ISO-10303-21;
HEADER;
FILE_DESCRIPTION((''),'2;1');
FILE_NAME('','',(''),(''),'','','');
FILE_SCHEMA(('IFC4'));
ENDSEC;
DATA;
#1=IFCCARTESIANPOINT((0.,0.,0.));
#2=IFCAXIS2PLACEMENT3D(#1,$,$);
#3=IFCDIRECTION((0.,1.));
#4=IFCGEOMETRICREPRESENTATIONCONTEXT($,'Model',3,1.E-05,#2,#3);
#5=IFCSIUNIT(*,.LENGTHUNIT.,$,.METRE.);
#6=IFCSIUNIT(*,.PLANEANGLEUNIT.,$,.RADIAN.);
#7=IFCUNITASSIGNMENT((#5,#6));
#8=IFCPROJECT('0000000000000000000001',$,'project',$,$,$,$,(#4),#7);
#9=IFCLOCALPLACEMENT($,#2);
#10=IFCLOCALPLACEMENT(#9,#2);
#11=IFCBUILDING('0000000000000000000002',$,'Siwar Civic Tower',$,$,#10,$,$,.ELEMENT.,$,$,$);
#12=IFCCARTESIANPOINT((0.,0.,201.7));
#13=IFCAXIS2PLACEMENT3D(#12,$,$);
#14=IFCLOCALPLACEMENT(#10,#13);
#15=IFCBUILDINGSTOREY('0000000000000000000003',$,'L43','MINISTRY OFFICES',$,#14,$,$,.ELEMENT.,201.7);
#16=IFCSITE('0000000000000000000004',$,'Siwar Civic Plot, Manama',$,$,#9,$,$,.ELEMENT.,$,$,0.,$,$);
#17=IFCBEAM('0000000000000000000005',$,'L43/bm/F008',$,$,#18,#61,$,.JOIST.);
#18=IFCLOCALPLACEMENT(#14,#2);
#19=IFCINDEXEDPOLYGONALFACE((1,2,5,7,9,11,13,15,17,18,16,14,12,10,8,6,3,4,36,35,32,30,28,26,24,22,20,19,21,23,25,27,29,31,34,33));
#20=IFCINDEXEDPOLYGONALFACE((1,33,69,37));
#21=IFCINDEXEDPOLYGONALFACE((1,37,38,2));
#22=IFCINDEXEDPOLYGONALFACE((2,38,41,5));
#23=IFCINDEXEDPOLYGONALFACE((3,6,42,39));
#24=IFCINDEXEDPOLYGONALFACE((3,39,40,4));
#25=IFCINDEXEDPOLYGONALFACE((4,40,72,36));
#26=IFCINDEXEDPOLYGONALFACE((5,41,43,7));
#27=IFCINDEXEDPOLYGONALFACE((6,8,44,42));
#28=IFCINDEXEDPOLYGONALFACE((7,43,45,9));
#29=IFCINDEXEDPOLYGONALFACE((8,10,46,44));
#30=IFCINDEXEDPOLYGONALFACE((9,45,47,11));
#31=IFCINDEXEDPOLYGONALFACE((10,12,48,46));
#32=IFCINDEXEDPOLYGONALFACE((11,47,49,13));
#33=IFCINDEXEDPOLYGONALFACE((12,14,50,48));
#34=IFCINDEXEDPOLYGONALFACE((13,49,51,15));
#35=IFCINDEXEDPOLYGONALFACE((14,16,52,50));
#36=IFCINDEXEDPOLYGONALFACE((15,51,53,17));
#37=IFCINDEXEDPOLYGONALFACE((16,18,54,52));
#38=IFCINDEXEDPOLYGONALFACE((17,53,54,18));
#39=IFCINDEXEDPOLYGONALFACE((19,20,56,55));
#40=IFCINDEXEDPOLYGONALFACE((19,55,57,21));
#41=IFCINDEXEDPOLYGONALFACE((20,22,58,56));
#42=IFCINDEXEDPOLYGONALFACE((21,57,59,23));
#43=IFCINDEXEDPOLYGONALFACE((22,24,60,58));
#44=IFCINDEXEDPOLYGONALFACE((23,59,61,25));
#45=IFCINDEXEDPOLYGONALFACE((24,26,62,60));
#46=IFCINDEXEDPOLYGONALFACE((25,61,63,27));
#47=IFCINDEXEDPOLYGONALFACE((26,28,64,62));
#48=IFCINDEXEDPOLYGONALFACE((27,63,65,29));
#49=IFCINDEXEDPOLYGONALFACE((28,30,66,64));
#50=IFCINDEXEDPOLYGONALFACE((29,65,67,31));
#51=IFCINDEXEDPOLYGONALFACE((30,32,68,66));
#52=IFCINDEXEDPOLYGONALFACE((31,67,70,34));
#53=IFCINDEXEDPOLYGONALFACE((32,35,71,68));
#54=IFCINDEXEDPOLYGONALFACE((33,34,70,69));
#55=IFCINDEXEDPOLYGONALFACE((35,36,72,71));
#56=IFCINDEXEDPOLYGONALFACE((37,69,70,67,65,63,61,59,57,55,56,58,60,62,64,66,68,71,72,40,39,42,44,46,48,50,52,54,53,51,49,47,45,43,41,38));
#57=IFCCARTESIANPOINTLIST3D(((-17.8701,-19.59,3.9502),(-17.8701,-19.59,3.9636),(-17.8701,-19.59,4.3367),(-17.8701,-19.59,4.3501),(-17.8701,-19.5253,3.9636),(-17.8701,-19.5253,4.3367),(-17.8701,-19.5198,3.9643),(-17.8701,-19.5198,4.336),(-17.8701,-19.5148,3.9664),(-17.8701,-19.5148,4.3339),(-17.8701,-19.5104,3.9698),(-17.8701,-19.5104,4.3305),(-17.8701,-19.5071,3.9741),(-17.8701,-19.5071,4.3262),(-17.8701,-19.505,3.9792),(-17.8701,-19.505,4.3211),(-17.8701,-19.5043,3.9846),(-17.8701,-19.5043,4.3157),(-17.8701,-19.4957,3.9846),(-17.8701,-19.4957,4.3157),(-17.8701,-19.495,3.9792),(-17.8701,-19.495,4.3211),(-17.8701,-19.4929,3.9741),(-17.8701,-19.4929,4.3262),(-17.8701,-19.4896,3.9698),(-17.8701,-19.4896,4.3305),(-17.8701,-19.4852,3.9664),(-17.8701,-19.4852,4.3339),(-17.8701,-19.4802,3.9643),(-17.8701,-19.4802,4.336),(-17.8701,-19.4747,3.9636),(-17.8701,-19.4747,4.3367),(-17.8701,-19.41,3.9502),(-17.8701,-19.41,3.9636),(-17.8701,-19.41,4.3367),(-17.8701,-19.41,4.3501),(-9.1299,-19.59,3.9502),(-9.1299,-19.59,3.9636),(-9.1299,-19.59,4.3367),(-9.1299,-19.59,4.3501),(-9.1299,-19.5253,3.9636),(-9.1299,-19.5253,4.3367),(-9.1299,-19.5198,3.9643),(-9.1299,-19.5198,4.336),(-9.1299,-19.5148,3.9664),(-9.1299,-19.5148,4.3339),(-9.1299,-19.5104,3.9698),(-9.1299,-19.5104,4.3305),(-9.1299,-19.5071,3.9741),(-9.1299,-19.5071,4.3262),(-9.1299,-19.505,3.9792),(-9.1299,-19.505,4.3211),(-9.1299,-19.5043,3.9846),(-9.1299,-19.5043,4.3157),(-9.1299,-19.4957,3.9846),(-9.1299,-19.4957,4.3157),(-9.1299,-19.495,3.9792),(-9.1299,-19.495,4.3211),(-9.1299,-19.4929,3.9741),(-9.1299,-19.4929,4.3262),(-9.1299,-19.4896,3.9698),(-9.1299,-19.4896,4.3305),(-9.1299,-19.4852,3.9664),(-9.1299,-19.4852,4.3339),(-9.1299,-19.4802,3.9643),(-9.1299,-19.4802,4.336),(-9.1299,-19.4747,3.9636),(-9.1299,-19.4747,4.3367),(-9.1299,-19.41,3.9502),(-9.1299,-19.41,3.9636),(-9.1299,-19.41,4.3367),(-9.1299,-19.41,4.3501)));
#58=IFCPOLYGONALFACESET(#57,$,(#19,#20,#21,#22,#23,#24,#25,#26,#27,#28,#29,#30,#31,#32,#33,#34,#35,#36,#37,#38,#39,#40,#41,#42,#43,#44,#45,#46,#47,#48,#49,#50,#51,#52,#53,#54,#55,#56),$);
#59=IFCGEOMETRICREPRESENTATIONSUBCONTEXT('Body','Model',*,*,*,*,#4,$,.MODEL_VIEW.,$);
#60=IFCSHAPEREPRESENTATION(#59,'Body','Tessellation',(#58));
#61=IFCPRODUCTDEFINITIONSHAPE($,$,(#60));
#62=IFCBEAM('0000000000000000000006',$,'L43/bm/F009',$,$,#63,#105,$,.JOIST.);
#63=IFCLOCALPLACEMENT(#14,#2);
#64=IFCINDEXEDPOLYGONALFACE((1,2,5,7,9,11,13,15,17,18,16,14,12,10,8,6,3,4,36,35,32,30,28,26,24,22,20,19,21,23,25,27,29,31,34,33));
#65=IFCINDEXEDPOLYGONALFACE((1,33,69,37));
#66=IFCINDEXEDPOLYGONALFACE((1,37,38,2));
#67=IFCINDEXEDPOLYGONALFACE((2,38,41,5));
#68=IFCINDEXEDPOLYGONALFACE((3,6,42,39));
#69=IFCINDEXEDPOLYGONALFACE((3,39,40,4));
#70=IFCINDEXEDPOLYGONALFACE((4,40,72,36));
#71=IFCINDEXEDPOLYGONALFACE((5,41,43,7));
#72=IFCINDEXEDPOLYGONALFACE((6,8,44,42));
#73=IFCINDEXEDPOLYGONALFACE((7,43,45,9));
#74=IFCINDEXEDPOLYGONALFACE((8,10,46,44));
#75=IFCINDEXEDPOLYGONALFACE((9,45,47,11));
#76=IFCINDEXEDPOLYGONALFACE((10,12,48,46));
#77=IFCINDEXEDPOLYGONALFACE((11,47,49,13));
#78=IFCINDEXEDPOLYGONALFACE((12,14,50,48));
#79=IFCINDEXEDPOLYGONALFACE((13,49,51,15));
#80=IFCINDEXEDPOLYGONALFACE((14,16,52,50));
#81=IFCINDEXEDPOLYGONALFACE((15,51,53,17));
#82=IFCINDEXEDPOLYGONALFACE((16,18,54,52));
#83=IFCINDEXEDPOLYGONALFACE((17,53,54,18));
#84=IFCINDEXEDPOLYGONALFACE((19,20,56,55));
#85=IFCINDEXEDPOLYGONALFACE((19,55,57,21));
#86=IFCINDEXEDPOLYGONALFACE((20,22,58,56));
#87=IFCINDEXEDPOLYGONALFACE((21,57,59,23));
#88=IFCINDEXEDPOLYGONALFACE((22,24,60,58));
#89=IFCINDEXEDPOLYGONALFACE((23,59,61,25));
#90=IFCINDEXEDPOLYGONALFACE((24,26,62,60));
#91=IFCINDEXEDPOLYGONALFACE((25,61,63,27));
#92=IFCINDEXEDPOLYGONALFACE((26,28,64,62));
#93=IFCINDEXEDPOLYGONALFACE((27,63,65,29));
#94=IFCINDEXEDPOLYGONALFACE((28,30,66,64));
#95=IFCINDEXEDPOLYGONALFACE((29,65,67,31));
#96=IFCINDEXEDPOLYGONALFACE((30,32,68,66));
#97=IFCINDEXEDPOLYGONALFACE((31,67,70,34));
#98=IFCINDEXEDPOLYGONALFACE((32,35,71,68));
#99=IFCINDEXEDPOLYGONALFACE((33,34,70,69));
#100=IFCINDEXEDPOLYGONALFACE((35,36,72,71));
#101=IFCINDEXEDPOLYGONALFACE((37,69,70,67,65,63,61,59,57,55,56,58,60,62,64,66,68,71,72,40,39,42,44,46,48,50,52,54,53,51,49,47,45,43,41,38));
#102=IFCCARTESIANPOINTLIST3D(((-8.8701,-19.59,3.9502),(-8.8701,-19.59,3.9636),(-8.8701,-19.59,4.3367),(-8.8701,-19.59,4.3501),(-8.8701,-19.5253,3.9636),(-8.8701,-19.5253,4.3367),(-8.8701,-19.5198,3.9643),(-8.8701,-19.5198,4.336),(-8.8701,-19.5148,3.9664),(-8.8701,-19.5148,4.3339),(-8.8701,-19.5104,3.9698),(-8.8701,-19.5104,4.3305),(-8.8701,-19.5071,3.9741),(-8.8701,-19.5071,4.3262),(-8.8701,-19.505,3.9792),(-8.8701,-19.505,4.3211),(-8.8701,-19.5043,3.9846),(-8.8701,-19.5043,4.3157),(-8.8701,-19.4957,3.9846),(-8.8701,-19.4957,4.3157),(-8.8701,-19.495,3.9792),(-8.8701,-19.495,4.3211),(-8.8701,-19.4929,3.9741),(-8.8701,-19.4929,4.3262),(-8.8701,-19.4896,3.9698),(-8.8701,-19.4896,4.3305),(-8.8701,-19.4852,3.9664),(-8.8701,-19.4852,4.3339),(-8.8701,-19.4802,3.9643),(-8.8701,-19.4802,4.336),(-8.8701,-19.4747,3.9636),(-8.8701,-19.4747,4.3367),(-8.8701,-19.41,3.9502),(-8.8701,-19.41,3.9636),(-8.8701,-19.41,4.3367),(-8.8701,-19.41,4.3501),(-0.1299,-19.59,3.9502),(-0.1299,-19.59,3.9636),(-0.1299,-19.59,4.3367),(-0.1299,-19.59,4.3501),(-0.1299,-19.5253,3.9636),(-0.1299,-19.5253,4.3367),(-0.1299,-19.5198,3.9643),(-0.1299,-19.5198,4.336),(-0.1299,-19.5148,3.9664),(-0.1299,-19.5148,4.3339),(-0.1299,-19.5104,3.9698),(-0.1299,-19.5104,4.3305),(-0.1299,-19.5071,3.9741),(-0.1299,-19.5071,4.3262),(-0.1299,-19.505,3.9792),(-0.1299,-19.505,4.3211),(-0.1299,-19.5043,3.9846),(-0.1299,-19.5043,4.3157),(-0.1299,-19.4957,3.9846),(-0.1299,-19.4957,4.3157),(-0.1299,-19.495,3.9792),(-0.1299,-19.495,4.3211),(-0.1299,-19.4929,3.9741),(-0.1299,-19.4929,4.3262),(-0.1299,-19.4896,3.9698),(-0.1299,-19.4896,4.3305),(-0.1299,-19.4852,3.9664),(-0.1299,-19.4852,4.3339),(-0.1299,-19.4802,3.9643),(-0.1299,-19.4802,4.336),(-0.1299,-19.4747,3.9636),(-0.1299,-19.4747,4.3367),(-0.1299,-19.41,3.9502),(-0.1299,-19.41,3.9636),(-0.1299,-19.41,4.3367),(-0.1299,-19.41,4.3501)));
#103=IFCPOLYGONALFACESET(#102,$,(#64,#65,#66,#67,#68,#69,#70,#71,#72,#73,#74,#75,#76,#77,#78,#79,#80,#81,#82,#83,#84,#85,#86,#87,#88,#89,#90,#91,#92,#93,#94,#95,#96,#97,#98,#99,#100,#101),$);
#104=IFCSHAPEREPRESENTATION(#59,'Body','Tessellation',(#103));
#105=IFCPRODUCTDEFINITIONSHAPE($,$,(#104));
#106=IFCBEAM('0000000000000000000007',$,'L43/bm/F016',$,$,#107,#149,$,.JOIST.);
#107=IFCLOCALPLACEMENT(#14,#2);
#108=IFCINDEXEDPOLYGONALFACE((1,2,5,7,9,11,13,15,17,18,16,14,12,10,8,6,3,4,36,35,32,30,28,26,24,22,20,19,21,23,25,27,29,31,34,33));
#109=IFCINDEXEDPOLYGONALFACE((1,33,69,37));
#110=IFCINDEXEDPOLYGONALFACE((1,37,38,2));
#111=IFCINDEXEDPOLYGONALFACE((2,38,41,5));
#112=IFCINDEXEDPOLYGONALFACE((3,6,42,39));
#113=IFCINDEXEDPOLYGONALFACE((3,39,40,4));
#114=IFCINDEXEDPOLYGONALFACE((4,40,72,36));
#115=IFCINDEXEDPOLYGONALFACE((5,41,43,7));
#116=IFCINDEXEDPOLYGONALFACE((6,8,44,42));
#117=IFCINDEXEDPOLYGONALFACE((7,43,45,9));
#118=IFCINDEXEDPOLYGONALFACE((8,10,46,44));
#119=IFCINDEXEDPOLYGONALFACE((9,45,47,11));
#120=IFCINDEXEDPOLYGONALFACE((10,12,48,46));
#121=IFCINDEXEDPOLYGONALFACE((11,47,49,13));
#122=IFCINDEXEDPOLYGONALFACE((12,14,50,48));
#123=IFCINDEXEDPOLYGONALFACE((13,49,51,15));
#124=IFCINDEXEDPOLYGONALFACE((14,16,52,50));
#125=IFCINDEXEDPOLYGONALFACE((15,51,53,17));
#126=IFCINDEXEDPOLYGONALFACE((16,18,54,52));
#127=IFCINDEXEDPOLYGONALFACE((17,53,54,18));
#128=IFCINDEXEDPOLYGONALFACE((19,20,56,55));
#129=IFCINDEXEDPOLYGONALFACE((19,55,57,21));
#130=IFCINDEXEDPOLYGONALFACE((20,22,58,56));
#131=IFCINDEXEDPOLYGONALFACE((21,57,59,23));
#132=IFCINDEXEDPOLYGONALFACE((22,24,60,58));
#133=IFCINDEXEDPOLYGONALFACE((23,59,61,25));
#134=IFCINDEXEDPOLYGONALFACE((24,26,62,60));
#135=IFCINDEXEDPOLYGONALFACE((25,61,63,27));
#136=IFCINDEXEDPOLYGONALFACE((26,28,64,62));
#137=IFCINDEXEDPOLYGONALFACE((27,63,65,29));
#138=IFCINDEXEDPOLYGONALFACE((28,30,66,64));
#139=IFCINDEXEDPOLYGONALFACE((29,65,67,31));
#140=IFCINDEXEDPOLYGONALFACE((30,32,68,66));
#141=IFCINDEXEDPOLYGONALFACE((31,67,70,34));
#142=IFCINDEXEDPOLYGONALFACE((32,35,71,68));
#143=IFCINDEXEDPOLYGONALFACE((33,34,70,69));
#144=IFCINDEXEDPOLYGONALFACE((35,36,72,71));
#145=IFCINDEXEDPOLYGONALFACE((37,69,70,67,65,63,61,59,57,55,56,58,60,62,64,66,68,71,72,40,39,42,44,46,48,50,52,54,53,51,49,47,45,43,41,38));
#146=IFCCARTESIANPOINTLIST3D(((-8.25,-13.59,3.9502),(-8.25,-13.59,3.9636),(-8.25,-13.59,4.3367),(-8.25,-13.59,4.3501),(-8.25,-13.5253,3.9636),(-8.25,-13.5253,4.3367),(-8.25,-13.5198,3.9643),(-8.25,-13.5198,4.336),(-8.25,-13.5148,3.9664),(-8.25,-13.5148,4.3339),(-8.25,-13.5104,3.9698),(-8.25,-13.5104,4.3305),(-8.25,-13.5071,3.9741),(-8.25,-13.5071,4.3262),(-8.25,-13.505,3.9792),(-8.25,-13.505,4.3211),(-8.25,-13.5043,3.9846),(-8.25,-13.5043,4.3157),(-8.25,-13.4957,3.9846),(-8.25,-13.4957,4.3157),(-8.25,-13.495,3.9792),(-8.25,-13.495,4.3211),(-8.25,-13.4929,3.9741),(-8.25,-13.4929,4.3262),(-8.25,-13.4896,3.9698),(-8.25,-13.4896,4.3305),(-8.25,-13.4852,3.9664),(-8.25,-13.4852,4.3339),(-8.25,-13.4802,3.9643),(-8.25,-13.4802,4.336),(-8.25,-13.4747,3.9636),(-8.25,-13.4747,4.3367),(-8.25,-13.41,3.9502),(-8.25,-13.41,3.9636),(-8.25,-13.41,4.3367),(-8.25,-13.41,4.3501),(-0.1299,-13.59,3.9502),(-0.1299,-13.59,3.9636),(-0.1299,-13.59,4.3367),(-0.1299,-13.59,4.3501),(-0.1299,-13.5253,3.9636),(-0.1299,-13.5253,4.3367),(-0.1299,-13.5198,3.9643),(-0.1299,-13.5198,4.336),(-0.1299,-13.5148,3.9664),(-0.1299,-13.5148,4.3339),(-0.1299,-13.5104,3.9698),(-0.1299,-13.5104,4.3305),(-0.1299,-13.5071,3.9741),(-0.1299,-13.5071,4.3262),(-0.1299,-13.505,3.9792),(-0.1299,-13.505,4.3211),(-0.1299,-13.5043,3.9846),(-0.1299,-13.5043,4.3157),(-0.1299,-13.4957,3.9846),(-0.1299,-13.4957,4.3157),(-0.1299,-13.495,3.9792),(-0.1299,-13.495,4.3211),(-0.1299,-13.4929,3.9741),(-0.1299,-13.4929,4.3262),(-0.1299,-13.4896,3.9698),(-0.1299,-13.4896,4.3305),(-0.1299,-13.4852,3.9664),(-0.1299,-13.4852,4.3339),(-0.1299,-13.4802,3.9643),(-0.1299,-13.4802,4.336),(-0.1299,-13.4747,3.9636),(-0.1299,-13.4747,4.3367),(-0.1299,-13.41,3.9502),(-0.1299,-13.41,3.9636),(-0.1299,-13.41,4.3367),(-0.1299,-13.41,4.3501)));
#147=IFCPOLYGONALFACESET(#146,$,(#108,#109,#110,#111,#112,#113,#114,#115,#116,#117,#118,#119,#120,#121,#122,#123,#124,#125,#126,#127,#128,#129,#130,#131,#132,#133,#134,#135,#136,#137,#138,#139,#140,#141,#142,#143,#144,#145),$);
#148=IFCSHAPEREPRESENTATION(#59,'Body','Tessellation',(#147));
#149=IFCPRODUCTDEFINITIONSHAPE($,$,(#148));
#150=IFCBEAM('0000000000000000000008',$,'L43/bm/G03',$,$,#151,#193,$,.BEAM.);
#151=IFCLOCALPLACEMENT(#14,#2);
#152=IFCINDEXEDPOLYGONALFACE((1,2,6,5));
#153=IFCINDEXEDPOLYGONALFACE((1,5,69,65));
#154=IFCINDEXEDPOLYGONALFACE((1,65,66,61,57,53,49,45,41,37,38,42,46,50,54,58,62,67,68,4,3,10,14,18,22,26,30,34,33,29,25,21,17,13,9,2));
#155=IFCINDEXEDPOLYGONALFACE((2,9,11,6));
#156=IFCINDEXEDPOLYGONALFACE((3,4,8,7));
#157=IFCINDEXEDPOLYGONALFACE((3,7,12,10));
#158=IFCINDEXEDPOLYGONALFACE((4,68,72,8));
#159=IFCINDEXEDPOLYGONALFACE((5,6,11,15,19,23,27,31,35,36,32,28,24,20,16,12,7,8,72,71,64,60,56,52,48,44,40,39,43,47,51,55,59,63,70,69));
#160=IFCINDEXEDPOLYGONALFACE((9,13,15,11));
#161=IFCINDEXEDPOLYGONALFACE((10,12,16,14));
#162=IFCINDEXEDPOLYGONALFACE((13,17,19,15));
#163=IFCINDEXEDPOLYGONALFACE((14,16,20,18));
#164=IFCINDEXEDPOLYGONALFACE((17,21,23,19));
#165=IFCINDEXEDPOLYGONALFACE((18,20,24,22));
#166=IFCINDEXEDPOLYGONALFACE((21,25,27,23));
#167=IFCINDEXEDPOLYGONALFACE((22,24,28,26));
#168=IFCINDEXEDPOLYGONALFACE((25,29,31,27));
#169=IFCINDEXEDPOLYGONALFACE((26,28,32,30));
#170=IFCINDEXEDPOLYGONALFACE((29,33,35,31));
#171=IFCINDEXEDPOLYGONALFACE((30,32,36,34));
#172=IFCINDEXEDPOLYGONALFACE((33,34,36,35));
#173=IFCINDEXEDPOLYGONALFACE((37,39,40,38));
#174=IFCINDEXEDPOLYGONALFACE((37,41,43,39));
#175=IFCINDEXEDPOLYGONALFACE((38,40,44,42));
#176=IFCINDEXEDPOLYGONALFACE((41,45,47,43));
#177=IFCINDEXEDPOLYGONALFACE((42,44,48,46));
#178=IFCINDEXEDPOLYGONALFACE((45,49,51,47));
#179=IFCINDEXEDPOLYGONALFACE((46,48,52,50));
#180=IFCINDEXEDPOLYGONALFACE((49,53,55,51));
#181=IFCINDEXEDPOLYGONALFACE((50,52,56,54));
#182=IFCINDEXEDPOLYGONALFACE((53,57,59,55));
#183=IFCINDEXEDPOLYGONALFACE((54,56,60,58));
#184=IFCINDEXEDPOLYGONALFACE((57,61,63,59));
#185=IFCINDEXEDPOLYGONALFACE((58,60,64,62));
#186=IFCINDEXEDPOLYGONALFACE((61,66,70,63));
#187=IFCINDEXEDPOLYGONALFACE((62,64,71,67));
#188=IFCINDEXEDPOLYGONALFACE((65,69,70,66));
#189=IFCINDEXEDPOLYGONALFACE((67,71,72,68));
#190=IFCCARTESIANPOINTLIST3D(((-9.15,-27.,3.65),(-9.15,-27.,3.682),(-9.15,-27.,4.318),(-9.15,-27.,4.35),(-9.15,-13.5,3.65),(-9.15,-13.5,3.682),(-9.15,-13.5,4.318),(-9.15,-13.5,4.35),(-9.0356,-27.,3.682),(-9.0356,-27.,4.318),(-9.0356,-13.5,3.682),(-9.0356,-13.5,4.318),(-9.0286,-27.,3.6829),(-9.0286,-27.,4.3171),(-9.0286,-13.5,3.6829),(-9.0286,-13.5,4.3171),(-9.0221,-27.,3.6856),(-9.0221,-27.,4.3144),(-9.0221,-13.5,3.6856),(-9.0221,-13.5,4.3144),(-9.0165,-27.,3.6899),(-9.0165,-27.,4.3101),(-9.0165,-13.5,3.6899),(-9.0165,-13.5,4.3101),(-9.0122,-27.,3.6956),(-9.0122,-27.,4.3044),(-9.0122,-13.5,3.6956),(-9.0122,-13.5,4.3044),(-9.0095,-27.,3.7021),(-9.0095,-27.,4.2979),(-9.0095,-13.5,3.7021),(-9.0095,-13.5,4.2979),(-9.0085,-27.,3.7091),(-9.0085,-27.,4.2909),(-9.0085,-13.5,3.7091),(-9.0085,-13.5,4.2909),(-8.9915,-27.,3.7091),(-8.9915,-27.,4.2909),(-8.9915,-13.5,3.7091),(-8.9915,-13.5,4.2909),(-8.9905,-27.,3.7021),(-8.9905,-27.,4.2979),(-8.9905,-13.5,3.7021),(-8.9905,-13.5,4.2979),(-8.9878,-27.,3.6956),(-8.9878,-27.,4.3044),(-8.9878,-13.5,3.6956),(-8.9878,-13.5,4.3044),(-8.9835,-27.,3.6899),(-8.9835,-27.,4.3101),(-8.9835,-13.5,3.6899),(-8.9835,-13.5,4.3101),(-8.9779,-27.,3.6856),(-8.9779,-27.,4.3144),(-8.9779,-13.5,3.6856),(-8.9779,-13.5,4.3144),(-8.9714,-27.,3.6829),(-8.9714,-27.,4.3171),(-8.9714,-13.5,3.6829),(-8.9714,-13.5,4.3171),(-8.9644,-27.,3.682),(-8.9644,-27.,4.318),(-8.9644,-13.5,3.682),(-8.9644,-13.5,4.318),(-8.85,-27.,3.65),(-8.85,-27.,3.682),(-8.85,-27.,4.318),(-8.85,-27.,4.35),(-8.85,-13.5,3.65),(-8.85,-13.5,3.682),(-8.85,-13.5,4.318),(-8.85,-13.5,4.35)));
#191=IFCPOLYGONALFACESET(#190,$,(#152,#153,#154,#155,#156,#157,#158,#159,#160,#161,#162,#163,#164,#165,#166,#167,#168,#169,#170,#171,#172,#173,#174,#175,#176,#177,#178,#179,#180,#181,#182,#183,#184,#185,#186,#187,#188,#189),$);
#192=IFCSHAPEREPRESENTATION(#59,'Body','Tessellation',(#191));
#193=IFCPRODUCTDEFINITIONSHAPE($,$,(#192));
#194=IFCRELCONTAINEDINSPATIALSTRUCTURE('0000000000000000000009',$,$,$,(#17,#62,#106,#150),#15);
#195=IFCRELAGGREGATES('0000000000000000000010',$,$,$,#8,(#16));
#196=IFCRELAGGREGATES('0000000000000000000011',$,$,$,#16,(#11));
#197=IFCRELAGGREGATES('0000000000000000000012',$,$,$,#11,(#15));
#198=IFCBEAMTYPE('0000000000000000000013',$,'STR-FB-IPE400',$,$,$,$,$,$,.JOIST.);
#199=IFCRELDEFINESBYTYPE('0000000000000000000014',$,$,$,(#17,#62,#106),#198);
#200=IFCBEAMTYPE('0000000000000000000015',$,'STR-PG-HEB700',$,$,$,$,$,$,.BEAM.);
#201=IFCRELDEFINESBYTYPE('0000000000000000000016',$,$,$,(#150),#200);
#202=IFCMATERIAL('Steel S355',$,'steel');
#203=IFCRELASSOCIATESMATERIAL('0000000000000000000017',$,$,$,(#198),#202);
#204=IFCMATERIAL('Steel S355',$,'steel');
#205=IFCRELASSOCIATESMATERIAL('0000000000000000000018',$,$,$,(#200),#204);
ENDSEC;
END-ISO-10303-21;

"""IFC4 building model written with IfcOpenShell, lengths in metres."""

from ifc_helpers import new_model, si_unit, direction, frame, origin, origin_2d, place, context, subcontext, project, spatial, i_section, extrude, material, material_profile, profile_set, type_object, element, save


model = new_model("IFC4")

# Units and contexts
model_context = context("Model", 3, precision=1e-05, world=origin(), true_north=direction((0.0, 1.0)))
body_context = subcontext(model_context, "Body", "Model", "MODEL_VIEW")
ifc_project = project(units=[si_unit("LENGTHUNIT", "METRE"), si_unit("PLANEANGLEUNIT", "RADIAN")], contexts=[model_context])

# Site, building, storey
site_placement = place(None, origin())
site = spatial("IfcSite", under=ifc_project, at=site_placement, Name="Siwar Civic Plot, Manama", CompositionType="ELEMENT", RefElevation=0.0)
building_placement = place(site_placement, origin())
building = spatial("IfcBuilding", under=site, at=building_placement, Name="Siwar Civic Tower", CompositionType="ELEMENT")
storey_placement = place(building_placement, frame((0.0, 0.0, 201.7)))
storey = spatial("IfcBuildingStorey", under=building, at=storey_placement, Name="L43", Description="MINISTRY OFFICES", CompositionType="ELEMENT", Elevation=201.7)

# Beams
ifc_material_1 = material(Name="Steel S355", Category="steel")
ifc_material_profile_1 = material_profile(ifc_material_1, i_section(OverallWidth=0.1799, OverallDepth=0.3999, WebThickness=0.0085, FlangeThickness=0.0134, FilletRadius=0.021, at=origin_2d()), Name="IPE400")
ifc_profile_set_1 = profile_set([ifc_material_profile_1], Name="Steel S355")
beam_type_1 = type_object("IfcBeamType", Name="STR-FB-IPE400", PredefinedType="JOIST", material=ifc_profile_set_1)
for number, where, z_axis, x_axis, name in (
    (1, (-17.8701, -19.5, 4.1501), (1.0, 0.0, 0.0), (0.0, 1.0, 0.0), "L43/bm/F008"),
    (2, (-8.8701, -19.5, 4.1501), (1.0, 0.0, 0.0), (0.0, 1.0, 0.0), "L43/bm/F009"),
):
    element("IfcBeam", number, at=place(storey_placement, frame(where, z_axis=z_axis, x_axis=x_axis)), inside=storey, type_object=beam_type_1, Name=name, PredefinedType="JOIST", context=body_context, shape_type="SweptSolid", body=[
        extrude(i_section(OverallWidth=0.1799, OverallDepth=0.3999, WebThickness=0.0085, FlangeThickness=0.0134, FilletRadius=0.021, at=origin_2d()), origin(), (0.0, 0.0, 1.0), 8.7402),
    ])
beam_1_placement = place(storey_placement, frame((-8.25, -13.5, 4.1501), z_axis=(1.0, 0.0, 0.0), x_axis=(0.0, 1.0, 0.0)))
element("IfcBeam", 3, at=beam_1_placement, inside=storey, type_object=beam_type_1, Name="L43/bm/F016", PredefinedType="JOIST", context=body_context, shape_type="SweptSolid", body=[
    extrude(i_section(OverallWidth=0.1799, OverallDepth=0.3999, WebThickness=0.0085, FlangeThickness=0.0134, FilletRadius=0.021, at=origin_2d()), origin(), (0.0, 0.0, 1.0), 8.1201),
])
ifc_material_2 = material(Name="Steel S355", Category="steel")
ifc_material_profile_2 = material_profile(ifc_material_2, i_section(OverallWidth=0.3, OverallDepth=0.7, WebThickness=0.0171, FlangeThickness=0.032, FilletRadius=0.0271, at=origin_2d()), Name="HEB700")
ifc_profile_set_2 = profile_set([ifc_material_profile_2], Name="Steel S355")
beam_type_2 = type_object("IfcBeamType", Name="STR-PG-HEB700", PredefinedType="BEAM", material=ifc_profile_set_2)
beam_2_placement = place(storey_placement, frame((-9.0, -27.0, 4.0), z_axis=(0.0, 1.0, 0.0), x_axis=(-1.0, 0.0, 0.0)))
element("IfcBeam", 4, at=beam_2_placement, inside=storey, type_object=beam_type_2, Name="L43/bm/G03", PredefinedType="BEAM", context=body_context, shape_type="SweptSolid", body=[
    extrude(i_section(OverallWidth=0.3, OverallDepth=0.7, WebThickness=0.0171, FlangeThickness=0.032, FilletRadius=0.0271, at=origin_2d()), origin(), (0.0, 0.0, 1.0), 13.5),
])

save(model, "model.ifc")
